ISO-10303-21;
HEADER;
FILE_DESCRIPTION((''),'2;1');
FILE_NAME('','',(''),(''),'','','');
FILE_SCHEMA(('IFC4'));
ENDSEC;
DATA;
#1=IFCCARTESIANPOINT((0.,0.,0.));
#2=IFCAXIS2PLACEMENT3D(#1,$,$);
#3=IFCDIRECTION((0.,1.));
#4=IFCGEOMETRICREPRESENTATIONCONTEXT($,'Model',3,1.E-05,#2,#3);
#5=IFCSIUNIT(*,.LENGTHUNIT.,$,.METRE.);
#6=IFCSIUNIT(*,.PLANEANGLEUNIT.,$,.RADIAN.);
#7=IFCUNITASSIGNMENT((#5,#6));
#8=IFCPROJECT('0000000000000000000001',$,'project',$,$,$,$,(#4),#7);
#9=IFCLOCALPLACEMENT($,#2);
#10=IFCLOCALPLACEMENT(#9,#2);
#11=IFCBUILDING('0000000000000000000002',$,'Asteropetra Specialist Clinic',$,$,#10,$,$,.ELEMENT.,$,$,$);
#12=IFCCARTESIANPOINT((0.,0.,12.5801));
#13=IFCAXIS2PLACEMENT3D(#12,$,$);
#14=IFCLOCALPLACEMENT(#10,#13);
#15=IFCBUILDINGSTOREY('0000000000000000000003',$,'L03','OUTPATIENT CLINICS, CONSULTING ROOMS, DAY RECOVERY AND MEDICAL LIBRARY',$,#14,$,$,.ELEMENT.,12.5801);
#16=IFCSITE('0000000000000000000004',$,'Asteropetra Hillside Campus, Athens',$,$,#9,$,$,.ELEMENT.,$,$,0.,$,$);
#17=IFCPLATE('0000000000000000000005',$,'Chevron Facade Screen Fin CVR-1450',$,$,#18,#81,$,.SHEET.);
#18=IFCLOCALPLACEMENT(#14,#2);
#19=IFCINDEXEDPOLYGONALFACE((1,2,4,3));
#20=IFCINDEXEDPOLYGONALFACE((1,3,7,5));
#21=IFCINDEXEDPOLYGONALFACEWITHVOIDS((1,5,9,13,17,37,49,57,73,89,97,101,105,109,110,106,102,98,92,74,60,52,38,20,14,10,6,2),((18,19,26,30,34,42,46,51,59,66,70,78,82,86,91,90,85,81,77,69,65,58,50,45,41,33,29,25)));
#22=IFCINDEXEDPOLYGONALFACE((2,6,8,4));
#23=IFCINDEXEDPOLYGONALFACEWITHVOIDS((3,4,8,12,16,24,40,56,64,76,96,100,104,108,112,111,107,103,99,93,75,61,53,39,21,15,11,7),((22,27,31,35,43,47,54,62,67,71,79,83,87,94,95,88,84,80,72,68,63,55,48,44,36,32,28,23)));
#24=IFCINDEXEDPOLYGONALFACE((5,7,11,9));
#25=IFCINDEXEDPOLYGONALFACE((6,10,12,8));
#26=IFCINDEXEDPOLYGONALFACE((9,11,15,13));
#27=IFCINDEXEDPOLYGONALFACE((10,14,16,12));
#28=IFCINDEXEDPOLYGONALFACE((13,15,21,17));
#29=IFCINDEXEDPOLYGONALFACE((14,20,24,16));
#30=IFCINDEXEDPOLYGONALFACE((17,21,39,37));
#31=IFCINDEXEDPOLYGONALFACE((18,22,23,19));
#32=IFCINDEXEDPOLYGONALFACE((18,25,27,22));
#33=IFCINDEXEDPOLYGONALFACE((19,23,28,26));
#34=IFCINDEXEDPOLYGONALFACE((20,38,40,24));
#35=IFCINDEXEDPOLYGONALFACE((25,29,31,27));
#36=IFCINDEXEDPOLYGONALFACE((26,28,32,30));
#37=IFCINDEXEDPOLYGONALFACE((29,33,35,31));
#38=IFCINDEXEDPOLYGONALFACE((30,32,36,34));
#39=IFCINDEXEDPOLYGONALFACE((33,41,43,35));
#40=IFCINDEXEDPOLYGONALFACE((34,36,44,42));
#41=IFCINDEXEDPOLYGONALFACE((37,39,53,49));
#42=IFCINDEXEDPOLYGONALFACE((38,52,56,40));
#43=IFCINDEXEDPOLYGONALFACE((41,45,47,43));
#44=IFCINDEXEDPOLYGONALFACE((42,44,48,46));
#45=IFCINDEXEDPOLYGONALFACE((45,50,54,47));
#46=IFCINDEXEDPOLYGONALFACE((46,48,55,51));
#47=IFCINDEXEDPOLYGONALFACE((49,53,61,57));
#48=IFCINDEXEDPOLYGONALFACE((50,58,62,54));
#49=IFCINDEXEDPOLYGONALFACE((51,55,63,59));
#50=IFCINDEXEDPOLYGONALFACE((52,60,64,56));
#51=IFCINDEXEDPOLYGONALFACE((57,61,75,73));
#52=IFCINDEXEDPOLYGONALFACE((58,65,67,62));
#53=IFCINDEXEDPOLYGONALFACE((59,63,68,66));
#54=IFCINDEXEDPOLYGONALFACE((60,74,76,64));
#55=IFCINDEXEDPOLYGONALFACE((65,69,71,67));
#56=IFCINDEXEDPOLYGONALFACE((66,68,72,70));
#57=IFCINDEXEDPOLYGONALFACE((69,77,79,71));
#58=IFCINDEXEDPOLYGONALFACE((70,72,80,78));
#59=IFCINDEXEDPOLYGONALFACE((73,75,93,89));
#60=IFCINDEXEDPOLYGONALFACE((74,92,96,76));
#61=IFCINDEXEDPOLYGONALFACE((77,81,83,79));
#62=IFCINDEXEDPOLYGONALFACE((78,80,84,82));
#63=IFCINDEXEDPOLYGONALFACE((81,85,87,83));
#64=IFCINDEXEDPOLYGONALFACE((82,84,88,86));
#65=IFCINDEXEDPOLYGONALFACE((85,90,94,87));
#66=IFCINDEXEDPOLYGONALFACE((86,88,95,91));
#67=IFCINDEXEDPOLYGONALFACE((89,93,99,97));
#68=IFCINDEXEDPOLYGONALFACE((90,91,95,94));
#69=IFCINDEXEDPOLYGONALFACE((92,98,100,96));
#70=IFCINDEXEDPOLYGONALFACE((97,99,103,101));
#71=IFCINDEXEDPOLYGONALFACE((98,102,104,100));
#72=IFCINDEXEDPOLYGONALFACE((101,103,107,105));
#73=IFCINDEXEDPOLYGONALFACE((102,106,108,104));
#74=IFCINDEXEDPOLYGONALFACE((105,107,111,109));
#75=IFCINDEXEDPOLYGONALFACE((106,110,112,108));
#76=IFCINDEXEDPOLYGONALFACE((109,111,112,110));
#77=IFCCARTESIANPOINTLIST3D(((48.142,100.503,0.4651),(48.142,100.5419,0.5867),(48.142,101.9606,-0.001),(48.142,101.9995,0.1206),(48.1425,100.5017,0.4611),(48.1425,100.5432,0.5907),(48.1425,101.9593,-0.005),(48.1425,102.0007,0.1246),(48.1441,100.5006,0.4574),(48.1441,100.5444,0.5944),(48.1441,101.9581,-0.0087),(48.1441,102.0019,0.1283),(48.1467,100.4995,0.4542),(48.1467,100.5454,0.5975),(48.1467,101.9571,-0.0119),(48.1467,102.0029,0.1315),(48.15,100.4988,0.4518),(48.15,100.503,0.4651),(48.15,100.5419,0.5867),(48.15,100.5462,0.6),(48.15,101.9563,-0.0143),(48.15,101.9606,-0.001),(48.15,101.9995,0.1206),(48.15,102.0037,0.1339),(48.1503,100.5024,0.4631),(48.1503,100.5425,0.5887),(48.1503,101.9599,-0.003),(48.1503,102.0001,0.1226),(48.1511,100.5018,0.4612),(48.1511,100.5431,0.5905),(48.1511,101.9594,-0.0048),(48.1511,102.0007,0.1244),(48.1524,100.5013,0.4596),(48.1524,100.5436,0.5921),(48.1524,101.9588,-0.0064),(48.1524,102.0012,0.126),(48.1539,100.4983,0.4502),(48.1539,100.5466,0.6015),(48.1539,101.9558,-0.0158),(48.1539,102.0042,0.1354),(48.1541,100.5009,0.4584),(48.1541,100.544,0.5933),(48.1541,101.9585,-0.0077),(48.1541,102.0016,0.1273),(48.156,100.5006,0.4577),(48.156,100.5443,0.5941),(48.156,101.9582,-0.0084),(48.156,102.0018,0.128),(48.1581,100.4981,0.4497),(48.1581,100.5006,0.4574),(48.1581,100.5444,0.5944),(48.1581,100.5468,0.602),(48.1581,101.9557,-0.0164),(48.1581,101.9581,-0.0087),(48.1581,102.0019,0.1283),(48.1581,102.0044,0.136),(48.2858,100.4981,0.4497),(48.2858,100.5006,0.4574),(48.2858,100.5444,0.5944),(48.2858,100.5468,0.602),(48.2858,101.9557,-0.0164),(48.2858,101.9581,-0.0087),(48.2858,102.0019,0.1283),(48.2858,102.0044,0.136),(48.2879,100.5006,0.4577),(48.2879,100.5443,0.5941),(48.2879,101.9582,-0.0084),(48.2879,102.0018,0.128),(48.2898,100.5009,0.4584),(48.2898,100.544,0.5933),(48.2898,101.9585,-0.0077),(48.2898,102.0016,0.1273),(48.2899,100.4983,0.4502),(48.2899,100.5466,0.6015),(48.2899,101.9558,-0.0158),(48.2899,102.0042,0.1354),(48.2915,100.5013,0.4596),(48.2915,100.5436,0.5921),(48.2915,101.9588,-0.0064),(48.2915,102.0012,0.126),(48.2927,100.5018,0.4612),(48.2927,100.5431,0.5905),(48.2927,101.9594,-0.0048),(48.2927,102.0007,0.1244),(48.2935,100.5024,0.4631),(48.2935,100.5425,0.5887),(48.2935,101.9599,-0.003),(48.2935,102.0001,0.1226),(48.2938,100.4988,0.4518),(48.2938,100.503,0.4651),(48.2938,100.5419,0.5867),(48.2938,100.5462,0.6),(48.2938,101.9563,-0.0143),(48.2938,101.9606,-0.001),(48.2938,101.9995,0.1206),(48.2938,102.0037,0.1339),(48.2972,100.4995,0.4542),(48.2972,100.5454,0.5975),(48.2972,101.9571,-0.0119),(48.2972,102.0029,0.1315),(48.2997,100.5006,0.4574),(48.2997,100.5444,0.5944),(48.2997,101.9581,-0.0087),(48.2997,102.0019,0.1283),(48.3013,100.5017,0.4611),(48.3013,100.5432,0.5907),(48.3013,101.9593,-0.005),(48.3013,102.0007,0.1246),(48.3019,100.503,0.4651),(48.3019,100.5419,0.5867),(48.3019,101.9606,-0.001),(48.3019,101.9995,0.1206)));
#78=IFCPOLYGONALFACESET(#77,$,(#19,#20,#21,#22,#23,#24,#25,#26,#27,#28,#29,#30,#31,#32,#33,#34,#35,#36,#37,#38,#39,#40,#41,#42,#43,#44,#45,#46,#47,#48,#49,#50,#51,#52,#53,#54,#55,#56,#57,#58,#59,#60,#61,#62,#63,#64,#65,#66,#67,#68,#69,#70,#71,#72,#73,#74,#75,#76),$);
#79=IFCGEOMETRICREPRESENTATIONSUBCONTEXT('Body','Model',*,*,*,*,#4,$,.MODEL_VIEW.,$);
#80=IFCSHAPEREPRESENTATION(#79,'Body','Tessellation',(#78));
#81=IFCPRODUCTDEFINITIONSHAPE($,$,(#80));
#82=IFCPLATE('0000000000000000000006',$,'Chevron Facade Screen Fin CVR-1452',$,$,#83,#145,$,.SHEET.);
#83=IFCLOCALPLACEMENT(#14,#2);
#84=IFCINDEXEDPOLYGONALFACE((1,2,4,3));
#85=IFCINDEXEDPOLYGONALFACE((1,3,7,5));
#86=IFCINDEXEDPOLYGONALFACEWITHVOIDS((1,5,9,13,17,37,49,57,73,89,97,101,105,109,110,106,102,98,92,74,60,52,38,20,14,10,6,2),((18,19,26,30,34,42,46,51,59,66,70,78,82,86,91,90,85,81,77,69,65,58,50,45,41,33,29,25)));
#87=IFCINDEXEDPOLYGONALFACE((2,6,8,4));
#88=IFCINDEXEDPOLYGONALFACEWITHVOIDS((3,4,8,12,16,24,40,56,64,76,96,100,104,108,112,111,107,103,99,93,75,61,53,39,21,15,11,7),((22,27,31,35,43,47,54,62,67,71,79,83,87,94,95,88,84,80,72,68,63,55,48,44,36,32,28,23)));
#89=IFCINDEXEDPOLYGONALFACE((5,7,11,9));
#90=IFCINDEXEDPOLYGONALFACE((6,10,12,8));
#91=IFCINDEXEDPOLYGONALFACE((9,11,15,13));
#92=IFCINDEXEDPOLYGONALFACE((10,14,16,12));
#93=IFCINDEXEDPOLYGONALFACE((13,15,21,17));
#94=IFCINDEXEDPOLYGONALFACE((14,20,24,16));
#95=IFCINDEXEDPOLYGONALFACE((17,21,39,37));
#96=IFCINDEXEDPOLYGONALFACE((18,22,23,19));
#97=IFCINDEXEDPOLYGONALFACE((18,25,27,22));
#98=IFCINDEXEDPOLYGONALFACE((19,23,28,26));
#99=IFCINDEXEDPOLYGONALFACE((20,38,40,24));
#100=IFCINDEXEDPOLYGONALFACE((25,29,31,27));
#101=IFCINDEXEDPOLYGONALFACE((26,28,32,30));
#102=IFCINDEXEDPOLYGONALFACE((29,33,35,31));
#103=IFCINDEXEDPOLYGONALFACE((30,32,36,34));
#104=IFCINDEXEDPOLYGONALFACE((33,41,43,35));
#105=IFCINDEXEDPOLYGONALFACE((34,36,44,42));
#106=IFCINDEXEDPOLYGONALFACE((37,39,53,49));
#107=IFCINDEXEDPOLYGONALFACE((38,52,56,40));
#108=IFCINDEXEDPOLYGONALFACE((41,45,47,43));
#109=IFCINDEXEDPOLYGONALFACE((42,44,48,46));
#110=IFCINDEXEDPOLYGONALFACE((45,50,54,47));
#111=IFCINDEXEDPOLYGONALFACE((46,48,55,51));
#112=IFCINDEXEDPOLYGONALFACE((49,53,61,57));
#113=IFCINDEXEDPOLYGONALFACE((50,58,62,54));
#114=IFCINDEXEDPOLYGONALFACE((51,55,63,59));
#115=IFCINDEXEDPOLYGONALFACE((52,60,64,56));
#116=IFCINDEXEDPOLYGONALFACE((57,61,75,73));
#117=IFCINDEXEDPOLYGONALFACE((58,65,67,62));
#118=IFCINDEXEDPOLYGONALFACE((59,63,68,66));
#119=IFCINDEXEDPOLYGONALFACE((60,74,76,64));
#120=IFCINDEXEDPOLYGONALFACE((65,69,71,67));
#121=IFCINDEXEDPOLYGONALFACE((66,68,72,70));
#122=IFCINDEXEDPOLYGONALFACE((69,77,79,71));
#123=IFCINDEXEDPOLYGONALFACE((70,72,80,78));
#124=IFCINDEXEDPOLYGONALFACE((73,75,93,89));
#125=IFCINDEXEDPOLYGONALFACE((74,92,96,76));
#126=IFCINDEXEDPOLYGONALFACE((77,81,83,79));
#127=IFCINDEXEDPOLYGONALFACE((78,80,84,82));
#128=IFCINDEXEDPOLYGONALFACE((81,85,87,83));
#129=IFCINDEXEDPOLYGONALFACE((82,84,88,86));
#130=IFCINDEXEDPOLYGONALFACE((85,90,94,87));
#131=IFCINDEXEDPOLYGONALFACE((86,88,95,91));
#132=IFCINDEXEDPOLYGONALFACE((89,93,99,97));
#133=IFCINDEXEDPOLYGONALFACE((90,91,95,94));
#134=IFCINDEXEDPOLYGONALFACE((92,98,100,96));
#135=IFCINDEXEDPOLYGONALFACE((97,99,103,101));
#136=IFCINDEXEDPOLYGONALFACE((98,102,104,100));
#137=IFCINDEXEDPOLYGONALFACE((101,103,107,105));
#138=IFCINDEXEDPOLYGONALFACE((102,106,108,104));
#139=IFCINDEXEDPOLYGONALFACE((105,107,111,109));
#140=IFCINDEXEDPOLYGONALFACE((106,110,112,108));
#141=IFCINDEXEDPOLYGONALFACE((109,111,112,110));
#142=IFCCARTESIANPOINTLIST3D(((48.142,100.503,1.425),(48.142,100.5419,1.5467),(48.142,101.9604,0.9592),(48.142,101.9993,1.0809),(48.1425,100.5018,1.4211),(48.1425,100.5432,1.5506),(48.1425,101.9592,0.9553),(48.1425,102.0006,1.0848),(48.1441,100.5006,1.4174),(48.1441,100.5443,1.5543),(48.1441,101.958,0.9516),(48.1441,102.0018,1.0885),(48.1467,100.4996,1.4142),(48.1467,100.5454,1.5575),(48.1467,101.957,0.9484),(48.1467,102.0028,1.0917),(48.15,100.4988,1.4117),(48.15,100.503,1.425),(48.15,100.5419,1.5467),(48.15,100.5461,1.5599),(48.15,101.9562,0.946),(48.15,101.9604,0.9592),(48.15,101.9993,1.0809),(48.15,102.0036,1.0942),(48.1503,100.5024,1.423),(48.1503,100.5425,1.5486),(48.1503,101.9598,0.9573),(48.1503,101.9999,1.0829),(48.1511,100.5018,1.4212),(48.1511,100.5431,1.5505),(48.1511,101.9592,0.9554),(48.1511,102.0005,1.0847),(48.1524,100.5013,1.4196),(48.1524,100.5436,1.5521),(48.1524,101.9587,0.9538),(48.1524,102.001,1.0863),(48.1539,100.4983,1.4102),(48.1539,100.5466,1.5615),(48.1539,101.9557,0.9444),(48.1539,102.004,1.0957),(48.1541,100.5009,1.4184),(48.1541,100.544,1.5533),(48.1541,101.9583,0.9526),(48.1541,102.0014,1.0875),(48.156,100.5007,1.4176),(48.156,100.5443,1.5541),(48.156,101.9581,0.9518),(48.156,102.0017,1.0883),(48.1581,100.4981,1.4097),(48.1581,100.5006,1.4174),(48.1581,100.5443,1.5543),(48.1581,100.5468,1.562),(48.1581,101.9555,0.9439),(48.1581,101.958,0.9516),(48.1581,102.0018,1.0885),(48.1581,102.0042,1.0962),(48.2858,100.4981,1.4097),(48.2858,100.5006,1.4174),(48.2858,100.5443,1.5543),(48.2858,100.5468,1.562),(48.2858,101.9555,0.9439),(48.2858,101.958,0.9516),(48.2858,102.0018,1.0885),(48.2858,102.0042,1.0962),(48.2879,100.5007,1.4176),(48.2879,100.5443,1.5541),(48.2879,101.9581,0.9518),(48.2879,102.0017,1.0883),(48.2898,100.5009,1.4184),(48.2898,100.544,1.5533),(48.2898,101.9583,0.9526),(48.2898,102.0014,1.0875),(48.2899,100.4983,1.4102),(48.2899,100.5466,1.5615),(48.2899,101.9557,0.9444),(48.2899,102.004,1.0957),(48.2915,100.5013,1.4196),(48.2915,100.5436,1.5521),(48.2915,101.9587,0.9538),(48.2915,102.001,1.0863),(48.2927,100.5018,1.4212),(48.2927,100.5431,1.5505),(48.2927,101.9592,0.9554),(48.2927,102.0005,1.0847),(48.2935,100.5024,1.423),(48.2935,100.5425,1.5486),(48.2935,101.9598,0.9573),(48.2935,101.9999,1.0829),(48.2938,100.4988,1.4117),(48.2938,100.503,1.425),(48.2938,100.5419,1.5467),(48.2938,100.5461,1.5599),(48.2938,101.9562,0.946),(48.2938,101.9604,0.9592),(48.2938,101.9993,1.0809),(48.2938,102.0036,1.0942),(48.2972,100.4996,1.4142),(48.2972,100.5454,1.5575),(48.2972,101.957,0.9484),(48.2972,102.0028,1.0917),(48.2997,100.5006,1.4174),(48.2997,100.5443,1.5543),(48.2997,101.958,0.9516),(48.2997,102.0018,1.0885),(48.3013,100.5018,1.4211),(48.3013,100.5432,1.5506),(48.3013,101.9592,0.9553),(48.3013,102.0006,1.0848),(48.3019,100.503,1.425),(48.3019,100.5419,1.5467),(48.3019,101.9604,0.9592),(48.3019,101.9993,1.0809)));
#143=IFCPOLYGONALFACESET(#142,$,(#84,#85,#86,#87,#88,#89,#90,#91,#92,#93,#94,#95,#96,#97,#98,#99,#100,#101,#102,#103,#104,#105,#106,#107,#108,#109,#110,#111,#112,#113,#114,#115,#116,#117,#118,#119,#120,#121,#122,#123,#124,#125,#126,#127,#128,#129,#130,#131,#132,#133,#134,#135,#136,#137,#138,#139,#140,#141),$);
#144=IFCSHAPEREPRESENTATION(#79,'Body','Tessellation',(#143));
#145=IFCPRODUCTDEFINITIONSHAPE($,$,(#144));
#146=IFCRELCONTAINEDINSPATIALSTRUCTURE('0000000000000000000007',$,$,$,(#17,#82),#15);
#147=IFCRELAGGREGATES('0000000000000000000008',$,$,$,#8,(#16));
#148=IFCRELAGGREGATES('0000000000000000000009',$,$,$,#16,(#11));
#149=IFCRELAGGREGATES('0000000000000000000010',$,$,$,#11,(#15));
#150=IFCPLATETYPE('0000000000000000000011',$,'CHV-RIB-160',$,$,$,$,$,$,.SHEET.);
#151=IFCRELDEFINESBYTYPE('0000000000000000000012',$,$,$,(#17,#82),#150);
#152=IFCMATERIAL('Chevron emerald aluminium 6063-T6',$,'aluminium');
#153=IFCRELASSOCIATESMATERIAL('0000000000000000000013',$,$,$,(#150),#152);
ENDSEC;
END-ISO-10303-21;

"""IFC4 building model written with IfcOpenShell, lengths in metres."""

from ifc_helpers import new_model, si_unit, direction, frame, origin, origin_2d, place, context, subcontext, project, spatial, hollow_rectangle, extrude, material, material_profile, profile_set, type_object, element, save


model = new_model("IFC4")

# Units and contexts
model_context = context("Model", 3, precision=1e-05, world=origin(), true_north=direction((0.0, 1.0)))
body_context = subcontext(model_context, "Body", "Model", "MODEL_VIEW")
ifc_project = project(units=[si_unit("LENGTHUNIT", "METRE"), si_unit("PLANEANGLEUNIT", "RADIAN")], contexts=[model_context])

# Site, building, storey
site_placement = place(None, origin())
site = spatial("IfcSite", under=ifc_project, at=site_placement, Name="Asteropetra Hillside Campus, Athens", CompositionType="ELEMENT", RefElevation=0.0)
building_placement = place(site_placement, origin())
building = spatial("IfcBuilding", under=site, at=building_placement, Name="Asteropetra Specialist Clinic", CompositionType="ELEMENT")
storey_placement = place(building_placement, frame((0.0, 0.0, 12.5801)))
storey = spatial("IfcBuildingStorey", under=building, at=storey_placement, Name="L03", Description="OUTPATIENT CLINICS, CONSULTING ROOMS, DAY RECOVERY AND MEDICAL LIBRARY", CompositionType="ELEMENT", Elevation=12.5801)

# Plates
ifc_material_1 = material(Name="Chevron emerald aluminium 6063-T6", Category="aluminium")
ifc_material_profile_1 = material_profile(ifc_material_1, hollow_rectangle(XDim=0.1599, YDim=0.1599, WallThickness=0.0081, InnerFilletRadius=0.0081, OuterFilletRadius=0.0161, at=origin_2d()), Name="SHS 160x160x8.0")
ifc_profile_set_1 = profile_set([ifc_material_profile_1], Name="Chevron emerald aluminium 6063-T6")
plate_type = type_object("IfcPlateType", Name="CHV-RIB-160", PredefinedType="SHEET", material=ifc_profile_set_1)
plate_placement = place(storey_placement, frame((48.2219, 100.5225, 0.5259), z_axis=(0.0, 0.952489, -0.304573), x_axis=(-1.0, 0.0, 0.0)))
element("IfcPlate", 1, at=plate_placement, inside=storey, type_object=plate_type, Name="Chevron Facade Screen Fin CVR-1450", PredefinedType="SHEET", context=body_context, shape_type="SweptSolid", body=[
    extrude(hollow_rectangle(XDim=0.1599, YDim=0.1599, WallThickness=0.0081, InnerFilletRadius=0.0081, OuterFilletRadius=0.0161, at=origin_2d()), origin(), (0.0, 0.0, 1.0), 1.5303),
])
for number, where, z_axis, x_axis, name in (
    (2, (48.2219, 100.5225, 1.4858), (0.0, 0.952535, -0.304428), (-1.0, 0.0, 0.0), "Chevron Facade Screen Fin CVR-1452"),
):
    element("IfcPlate", number, at=place(storey_placement, frame(where, z_axis=z_axis, x_axis=x_axis)), inside=storey, type_object=plate_type, Name=name, PredefinedType="SHEET", context=body_context, shape_type="SweptSolid", body=[
        extrude(hollow_rectangle(XDim=0.1599, YDim=0.1599, WallThickness=0.0081, InnerFilletRadius=0.0081, OuterFilletRadius=0.0161, at=origin_2d()), origin(), (0.0, 0.0, 1.0), 1.53),
    ])

save(model, "model.ifc")
